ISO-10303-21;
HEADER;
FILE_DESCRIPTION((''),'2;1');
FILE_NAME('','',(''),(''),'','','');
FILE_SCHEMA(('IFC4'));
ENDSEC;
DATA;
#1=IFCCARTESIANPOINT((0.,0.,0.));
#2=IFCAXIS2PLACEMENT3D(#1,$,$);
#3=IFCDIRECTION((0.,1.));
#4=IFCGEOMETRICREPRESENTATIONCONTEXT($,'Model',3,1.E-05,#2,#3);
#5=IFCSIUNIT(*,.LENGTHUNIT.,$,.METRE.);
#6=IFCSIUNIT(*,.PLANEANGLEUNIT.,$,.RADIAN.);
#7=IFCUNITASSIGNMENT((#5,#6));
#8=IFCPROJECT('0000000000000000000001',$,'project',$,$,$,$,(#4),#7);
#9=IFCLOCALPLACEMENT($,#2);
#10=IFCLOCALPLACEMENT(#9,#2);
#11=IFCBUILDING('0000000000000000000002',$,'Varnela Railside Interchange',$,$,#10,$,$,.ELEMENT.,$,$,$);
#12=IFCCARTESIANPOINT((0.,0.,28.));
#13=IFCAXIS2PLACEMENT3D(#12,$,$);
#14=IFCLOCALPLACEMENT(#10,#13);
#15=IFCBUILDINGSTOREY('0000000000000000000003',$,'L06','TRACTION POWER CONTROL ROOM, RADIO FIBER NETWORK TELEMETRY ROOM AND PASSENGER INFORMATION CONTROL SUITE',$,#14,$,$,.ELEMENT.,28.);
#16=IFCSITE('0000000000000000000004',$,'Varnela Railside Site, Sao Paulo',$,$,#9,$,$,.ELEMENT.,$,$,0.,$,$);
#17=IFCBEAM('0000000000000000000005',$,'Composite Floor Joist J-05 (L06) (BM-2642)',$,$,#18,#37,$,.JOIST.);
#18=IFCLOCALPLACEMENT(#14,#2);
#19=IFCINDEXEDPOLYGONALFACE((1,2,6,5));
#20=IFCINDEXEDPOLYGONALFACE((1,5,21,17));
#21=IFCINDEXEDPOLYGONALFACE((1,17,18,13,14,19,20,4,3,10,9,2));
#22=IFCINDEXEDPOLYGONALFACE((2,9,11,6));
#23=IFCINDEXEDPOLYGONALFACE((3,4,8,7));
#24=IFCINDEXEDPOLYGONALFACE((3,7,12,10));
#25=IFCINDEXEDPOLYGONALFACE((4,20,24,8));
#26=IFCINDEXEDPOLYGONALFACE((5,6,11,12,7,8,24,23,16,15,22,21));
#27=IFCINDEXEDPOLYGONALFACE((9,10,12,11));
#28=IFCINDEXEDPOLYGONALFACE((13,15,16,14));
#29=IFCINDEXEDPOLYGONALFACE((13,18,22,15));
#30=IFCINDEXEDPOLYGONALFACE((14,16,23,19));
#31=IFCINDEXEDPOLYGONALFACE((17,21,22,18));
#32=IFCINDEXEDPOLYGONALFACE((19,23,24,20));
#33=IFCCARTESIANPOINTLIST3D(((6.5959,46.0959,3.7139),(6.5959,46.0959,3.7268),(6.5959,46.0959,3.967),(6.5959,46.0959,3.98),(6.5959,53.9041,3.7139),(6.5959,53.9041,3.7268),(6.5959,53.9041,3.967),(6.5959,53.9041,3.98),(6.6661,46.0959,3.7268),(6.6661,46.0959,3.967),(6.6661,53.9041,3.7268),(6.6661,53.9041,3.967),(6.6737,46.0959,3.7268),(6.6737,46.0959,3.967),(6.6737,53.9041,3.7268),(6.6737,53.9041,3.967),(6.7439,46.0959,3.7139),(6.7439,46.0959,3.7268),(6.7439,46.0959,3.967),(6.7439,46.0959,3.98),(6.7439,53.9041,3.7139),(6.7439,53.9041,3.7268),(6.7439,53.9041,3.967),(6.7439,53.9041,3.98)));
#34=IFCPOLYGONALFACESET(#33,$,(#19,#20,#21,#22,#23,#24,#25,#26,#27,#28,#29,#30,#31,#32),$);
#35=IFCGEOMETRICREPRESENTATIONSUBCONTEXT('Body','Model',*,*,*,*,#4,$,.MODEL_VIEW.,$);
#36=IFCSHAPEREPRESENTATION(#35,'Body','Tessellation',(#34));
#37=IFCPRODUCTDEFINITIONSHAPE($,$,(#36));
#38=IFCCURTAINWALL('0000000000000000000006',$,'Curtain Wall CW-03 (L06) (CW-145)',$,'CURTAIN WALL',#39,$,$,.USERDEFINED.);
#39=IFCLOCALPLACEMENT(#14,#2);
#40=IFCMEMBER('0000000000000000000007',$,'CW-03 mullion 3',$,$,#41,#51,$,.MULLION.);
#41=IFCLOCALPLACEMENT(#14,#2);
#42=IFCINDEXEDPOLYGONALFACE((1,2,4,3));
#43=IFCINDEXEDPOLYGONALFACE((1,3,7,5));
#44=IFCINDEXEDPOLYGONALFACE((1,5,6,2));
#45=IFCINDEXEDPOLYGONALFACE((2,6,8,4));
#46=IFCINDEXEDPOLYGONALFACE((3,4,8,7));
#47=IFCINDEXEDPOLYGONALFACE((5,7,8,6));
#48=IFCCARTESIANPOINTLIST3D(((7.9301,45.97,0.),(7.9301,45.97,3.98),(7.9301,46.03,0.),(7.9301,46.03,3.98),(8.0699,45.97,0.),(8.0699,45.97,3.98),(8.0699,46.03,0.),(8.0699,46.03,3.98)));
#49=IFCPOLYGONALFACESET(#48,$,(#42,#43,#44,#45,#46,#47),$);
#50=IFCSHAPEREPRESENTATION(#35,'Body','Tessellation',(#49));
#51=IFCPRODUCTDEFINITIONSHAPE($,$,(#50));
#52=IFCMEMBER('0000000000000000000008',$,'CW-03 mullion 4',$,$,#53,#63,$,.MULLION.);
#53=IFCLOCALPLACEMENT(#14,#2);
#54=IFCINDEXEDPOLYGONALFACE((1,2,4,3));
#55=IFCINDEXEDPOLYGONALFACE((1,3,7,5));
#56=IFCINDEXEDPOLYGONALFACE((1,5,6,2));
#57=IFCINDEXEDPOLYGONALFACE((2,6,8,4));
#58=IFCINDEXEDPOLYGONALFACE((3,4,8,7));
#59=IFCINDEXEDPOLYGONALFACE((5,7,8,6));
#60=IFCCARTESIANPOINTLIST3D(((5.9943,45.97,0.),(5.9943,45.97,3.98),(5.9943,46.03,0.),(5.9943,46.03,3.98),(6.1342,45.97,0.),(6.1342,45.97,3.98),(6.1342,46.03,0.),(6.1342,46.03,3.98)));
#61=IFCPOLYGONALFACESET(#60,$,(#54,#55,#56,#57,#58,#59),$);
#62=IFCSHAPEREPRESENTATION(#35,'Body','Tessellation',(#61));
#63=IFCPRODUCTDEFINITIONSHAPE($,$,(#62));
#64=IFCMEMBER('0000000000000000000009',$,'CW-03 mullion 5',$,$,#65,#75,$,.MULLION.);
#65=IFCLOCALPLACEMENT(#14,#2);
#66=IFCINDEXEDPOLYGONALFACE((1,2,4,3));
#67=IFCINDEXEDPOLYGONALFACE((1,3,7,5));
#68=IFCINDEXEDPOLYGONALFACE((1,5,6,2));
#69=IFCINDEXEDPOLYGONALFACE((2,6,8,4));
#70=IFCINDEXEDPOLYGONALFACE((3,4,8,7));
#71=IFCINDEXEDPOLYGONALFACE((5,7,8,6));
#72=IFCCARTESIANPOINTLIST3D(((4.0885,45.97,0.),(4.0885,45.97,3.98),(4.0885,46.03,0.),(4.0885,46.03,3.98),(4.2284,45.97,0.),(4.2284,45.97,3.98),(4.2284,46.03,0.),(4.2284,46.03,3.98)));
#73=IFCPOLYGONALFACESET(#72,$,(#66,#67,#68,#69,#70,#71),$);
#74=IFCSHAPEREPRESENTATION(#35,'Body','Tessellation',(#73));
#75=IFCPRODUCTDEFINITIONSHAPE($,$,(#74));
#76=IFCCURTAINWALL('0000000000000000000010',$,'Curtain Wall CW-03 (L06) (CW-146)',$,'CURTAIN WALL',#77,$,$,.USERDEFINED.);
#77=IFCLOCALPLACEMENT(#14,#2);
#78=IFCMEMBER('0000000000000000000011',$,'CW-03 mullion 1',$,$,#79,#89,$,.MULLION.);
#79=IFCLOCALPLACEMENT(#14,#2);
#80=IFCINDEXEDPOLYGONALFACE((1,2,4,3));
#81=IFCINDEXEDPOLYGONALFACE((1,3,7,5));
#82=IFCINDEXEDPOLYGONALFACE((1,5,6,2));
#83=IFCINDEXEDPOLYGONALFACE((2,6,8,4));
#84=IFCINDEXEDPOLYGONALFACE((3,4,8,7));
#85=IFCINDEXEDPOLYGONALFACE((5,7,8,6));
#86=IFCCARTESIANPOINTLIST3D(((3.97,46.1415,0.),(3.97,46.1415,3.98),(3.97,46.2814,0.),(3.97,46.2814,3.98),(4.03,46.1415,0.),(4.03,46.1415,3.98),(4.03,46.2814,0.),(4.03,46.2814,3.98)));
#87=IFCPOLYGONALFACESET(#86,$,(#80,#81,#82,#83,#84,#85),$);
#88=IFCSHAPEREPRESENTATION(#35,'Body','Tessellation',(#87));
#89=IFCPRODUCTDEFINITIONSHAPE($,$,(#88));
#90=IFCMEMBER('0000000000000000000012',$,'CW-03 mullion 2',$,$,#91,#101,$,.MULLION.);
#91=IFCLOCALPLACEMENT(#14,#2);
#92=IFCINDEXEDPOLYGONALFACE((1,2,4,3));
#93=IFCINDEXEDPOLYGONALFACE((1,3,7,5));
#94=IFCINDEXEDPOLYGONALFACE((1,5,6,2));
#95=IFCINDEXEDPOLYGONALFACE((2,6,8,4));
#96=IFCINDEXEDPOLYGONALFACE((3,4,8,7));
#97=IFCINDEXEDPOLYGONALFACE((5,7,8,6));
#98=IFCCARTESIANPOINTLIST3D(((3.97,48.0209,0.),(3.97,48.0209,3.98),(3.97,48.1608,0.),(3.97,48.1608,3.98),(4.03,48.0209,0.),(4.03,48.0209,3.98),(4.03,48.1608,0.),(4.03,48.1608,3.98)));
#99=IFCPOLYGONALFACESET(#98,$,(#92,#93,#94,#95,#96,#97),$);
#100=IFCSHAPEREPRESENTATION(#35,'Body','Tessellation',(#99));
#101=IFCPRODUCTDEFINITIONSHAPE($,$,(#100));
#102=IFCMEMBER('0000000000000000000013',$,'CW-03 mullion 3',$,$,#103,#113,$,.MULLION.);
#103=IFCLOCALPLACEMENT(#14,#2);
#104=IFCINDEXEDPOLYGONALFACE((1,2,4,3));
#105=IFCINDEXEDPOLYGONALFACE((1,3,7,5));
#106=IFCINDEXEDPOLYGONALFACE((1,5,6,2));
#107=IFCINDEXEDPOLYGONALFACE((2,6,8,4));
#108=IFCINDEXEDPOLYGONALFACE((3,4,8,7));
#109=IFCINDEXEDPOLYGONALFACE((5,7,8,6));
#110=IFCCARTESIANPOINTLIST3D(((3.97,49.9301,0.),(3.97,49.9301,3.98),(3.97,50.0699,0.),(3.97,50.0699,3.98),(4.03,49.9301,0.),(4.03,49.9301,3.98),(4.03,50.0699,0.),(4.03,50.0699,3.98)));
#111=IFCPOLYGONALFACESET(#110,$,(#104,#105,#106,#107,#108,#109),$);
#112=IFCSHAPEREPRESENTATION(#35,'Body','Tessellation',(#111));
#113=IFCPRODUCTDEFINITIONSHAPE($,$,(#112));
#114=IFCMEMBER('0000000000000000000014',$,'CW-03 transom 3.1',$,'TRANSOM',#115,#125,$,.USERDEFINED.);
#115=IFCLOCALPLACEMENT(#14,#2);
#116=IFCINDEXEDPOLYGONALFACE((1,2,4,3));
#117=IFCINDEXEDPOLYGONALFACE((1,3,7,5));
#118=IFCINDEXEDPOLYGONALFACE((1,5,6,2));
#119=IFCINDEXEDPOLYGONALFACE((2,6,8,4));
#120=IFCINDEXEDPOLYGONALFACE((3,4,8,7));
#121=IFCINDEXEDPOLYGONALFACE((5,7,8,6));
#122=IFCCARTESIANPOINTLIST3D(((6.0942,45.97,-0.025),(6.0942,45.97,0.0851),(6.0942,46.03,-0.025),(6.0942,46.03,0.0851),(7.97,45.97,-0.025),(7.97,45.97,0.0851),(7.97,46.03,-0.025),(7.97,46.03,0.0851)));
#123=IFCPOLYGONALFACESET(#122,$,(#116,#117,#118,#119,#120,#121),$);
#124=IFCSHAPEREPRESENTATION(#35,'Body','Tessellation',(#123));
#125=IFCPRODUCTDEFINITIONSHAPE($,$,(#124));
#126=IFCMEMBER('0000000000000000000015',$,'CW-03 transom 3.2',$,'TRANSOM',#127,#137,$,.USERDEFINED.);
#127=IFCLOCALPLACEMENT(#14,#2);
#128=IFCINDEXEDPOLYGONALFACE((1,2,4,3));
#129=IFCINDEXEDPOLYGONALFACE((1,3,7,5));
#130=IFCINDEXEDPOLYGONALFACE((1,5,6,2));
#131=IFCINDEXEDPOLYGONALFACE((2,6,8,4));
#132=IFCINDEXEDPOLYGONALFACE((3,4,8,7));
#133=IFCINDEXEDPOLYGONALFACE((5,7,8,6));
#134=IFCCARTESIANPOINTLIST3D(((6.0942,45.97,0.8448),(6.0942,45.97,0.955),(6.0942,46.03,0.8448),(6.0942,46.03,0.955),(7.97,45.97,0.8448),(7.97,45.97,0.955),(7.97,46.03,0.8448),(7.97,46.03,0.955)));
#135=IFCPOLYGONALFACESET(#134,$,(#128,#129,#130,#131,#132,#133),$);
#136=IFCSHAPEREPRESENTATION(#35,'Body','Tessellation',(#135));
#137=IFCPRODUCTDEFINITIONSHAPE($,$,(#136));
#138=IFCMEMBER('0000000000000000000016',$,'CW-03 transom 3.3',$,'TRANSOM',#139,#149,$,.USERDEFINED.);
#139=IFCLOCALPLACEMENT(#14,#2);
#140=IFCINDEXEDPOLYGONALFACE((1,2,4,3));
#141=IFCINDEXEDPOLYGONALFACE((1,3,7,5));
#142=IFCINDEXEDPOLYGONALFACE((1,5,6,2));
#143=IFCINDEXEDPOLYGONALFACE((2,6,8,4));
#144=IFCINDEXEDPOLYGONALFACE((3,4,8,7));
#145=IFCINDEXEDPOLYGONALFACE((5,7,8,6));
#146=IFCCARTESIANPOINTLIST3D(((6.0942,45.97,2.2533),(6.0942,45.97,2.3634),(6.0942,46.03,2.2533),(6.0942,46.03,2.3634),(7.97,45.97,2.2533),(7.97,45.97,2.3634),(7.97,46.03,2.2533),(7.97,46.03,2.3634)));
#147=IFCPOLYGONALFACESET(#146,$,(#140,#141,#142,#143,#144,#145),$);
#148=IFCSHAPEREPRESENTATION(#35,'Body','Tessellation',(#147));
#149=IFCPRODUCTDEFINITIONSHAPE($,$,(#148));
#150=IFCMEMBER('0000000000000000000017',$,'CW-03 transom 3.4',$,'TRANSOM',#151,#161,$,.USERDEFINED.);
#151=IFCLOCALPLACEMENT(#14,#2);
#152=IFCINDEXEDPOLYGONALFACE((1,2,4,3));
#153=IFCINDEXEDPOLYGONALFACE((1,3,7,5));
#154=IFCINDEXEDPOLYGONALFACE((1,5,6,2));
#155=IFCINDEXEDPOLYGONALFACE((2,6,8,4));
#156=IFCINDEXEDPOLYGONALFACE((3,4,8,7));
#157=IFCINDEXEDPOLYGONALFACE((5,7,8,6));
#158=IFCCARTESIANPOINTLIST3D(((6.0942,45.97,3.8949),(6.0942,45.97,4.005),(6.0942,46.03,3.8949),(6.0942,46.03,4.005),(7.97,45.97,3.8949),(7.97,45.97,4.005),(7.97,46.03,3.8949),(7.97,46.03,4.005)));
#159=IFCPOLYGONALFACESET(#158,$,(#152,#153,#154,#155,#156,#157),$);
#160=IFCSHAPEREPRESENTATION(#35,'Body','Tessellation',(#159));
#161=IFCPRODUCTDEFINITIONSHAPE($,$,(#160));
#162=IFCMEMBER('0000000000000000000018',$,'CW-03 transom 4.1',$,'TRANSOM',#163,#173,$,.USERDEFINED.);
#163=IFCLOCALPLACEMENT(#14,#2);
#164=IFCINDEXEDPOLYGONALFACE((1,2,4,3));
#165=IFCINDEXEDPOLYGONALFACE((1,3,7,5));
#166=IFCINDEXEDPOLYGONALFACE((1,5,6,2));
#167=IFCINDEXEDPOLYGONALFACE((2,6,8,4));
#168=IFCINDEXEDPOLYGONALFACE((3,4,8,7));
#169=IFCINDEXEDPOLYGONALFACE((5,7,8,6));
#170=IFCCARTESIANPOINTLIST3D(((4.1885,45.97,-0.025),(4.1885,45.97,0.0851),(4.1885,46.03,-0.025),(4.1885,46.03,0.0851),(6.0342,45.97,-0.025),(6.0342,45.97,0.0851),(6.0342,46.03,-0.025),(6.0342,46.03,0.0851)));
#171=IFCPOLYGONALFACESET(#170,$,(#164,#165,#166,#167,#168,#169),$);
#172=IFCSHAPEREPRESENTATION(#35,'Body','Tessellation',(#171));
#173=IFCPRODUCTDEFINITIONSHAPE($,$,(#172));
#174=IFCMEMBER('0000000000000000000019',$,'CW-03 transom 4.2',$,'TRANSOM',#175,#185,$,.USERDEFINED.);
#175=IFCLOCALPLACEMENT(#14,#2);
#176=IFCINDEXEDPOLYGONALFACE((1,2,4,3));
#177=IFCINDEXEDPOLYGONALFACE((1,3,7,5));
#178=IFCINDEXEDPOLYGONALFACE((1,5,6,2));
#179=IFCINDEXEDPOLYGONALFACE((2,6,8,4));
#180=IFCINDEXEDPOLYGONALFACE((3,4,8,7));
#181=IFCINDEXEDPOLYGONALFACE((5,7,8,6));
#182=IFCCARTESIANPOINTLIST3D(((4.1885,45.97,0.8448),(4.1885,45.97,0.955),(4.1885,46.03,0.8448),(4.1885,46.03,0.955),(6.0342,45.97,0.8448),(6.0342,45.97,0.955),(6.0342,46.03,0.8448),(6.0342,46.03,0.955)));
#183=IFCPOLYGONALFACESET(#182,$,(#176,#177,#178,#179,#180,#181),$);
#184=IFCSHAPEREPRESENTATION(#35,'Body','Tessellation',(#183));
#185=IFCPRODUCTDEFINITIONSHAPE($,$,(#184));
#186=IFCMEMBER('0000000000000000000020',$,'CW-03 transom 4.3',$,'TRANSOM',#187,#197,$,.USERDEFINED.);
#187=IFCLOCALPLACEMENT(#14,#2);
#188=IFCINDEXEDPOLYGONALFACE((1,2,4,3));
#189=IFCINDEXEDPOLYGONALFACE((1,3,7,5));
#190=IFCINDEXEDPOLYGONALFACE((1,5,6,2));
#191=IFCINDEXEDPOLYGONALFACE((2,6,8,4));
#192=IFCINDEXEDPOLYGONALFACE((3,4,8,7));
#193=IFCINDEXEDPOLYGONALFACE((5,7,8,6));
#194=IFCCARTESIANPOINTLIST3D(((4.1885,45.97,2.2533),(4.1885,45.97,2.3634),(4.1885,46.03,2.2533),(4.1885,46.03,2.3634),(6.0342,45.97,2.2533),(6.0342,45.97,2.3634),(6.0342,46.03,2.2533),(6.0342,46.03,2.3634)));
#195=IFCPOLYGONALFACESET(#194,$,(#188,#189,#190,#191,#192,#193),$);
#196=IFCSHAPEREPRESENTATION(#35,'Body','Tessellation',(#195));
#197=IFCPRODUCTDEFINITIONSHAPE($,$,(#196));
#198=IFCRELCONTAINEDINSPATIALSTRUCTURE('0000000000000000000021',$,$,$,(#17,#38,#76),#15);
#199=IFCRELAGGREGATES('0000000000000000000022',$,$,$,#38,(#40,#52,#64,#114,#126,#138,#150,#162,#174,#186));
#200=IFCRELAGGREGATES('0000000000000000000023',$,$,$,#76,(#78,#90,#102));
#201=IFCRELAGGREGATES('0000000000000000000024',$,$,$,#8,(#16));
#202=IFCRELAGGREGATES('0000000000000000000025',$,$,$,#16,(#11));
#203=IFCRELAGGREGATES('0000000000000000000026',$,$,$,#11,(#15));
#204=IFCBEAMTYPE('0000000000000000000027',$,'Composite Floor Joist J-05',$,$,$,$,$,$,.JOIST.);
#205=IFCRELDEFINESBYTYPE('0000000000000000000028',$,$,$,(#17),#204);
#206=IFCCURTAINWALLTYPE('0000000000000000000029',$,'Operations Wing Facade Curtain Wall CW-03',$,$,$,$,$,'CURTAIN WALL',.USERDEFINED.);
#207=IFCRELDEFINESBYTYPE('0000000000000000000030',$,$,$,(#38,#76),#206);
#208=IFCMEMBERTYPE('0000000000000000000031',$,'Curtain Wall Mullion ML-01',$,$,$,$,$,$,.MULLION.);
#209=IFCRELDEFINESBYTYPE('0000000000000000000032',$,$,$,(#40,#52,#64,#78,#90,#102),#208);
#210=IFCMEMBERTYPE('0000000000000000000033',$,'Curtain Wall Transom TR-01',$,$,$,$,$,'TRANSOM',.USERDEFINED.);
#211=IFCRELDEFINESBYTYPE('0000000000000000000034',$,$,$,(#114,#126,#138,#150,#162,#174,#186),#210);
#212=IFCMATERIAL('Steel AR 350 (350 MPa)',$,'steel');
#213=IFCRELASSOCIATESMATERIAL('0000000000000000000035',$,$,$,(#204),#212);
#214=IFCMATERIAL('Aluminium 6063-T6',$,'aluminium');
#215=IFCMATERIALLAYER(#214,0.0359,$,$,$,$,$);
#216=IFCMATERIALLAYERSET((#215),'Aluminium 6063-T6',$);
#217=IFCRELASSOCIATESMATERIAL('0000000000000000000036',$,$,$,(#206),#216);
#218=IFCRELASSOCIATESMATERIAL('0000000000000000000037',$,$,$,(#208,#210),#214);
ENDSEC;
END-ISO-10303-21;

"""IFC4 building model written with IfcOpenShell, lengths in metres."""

from ifc_helpers import new_model, si_unit, direction, frame, origin, origin_2d, place, context, subcontext, project, spatial, rectangle, i_section, extrude, material, layer, layer_set, material_profile, profile_set, type_object, element, aggregate, save


model = new_model("IFC4")

# Units and contexts
model_context = context("Model", 3, precision=1e-05, world=origin(), true_north=direction((0.0, 1.0)))
body_context = subcontext(model_context, "Body", "Model", "MODEL_VIEW")
ifc_project = project(units=[si_unit("LENGTHUNIT", "METRE"), si_unit("PLANEANGLEUNIT", "RADIAN")], contexts=[model_context])

# Site, building, storey
site_placement = place(None, origin())
site = spatial("IfcSite", under=ifc_project, at=site_placement, Name="Varnela Railside Site, Sao Paulo", CompositionType="ELEMENT", RefElevation=0.0)
building_placement = place(site_placement, origin())
building = spatial("IfcBuilding", under=site, at=building_placement, Name="Varnela Railside Interchange", CompositionType="ELEMENT")
storey_placement = place(building_placement, frame((0.0, 0.0, 28.0)))
storey = spatial("IfcBuildingStorey", under=building, at=storey_placement, Name="L06", Description="TRACTION POWER CONTROL ROOM, RADIO FIBER NETWORK TELEMETRY ROOM AND PASSENGER INFORMATION CONTROL SUITE", CompositionType="ELEMENT", Elevation=28.0)

# Beam
ifc_material_1 = material(Name="Steel AR 350 (350 MPa)", Category="steel")
ifc_material_profile_1 = material_profile(ifc_material_1, i_section(OverallWidth=0.1479, OverallDepth=0.2661, WebThickness=0.0076, FlangeThickness=0.0129, at=origin_2d()), Name="W250x44.8")
ifc_profile_set_1 = profile_set([ifc_material_profile_1], Name="Steel AR 350 (350 MPa)")
beam_type_1 = type_object("IfcBeamType", Name="Composite Floor Joist J-05", PredefinedType="JOIST", material=ifc_profile_set_1)
beam_1_placement = place(storey_placement, frame((6.6699, 46.0959, 3.8469), z_axis=(0.0, 1.0, 0.0), x_axis=(-1.0, 0.0, 0.0)))
element("IfcBeam", 1, at=beam_1_placement, inside=storey, type_object=beam_type_1, Name="Composite Floor Joist J-05 (L06) (BM-2642)", PredefinedType="JOIST", context=body_context, shape_type="SweptSolid", body=[
    extrude(i_section(OverallWidth=0.1479, OverallDepth=0.2661, WebThickness=0.0076, FlangeThickness=0.0129, at=origin_2d()), origin(), (0.0, 0.0, 1.0), 7.8081),
])

# Curtain walls, members
ifc_material_2 = material(Name="Aluminium 6063-T6", Category="aluminium")
ifc_layer_1 = layer(ifc_material_2, 0.0359)
ifc_layer_set_1 = layer_set([ifc_layer_1], Name="Aluminium 6063-T6")
curtain_wall_type = type_object("IfcCurtainWallType", Name="Operations Wing Facade Curtain Wall CW-03", ElementType="CURTAIN WALL", PredefinedType="USERDEFINED", material=ifc_layer_set_1)
curtain_wall_1_placement = place(storey_placement, origin())
curtain_wall_1 = element("IfcCurtainWall", 2, at=curtain_wall_1_placement, inside=storey, type_object=curtain_wall_type, Name="Curtain Wall CW-03 (L06) (CW-145)", ObjectType="CURTAIN WALL", PredefinedType="USERDEFINED")
ifc_material_profile_2 = material_profile(ifc_material_2, rectangle(XDim=0.0601, YDim=0.1399, at=origin_2d()), Name="ALU 60x140")
ifc_profile_set_2 = profile_set([ifc_material_profile_2], Name="Aluminium 6063-T6")
member_type_1 = type_object("IfcMemberType", Name="Curtain Wall Mullion ML-01", PredefinedType="MULLION", material=ifc_profile_set_2)
member_1_placement = place(storey_placement, frame((8.0, 46.0, 0.0), z_axis=(0.0, 0.0, 1.0), x_axis=(0.0, -1.0, 0.0)))
member_1 = element("IfcMember", 3, at=member_1_placement, type_object=member_type_1, Name="CW-03 mullion 3", PredefinedType="MULLION", context=body_context, shape_type="SweptSolid", body=[
    extrude(rectangle(XDim=0.0601, YDim=0.1399, at=origin_2d()), origin(), (0.0, 0.0, 1.0), 3.98),
])
member_2_placement = place(storey_placement, frame((6.0642, 46.0, 0.0), z_axis=(0.0, 0.0, 1.0), x_axis=(0.0, -1.0, 0.0)))
member_2 = element("IfcMember", 4, at=member_2_placement, type_object=member_type_1, Name="CW-03 mullion 4", PredefinedType="MULLION", context=body_context, shape_type="SweptSolid", body=[
    extrude(rectangle(XDim=0.0601, YDim=0.1399, at=origin_2d()), origin(), (0.0, 0.0, 1.0), 3.98),
])
member_3_placement = place(storey_placement, frame((4.1584, 46.0, 0.0), z_axis=(0.0, 0.0, 1.0), x_axis=(0.0, -1.0, 0.0)))
member_3 = element("IfcMember", 5, at=member_3_placement, type_object=member_type_1, Name="CW-03 mullion 5", PredefinedType="MULLION", context=body_context, shape_type="SweptSolid", body=[
    extrude(rectangle(XDim=0.0601, YDim=0.1399, at=origin_2d()), origin(), (0.0, 0.0, 1.0), 3.98),
])
curtain_wall_2_placement = place(storey_placement, origin())
curtain_wall_2 = element("IfcCurtainWall", 6, at=curtain_wall_2_placement, inside=storey, type_object=curtain_wall_type, Name="Curtain Wall CW-03 (L06) (CW-146)", ObjectType="CURTAIN WALL", PredefinedType="USERDEFINED")
member_4_placement = place(storey_placement, frame((4.0, 46.2114, 0.0), z_axis=(0.0, 0.0, 1.0), x_axis=(-1.0, 0.0, 0.0)))
member_4 = element("IfcMember", 7, at=member_4_placement, type_object=member_type_1, Name="CW-03 mullion 1", PredefinedType="MULLION", context=body_context, shape_type="SweptSolid", body=[
    extrude(rectangle(XDim=0.0601, YDim=0.1399, at=origin_2d()), origin(), (0.0, 0.0, 1.0), 3.98),
])
member_5_placement = place(storey_placement, frame((4.0, 48.0908, 0.0), z_axis=(0.0, 0.0, 1.0), x_axis=(-1.0, 0.0, 0.0)))
member_5 = element("IfcMember", 8, at=member_5_placement, type_object=member_type_1, Name="CW-03 mullion 2", PredefinedType="MULLION", context=body_context, shape_type="SweptSolid", body=[
    extrude(rectangle(XDim=0.0601, YDim=0.1399, at=origin_2d()), origin(), (0.0, 0.0, 1.0), 3.98),
])
member_6_placement = place(storey_placement, frame((4.0, 50.0, 0.0), z_axis=(0.0, 0.0, 1.0), x_axis=(-1.0, 0.0, 0.0)))
member_6 = element("IfcMember", 9, at=member_6_placement, type_object=member_type_1, Name="CW-03 mullion 3", PredefinedType="MULLION", context=body_context, shape_type="SweptSolid", body=[
    extrude(rectangle(XDim=0.0601, YDim=0.1399, at=origin_2d()), origin(), (0.0, 0.0, 1.0), 3.98),
])

# Members
ifc_material_profile_3 = material_profile(ifc_material_2, rectangle(XDim=0.0601, YDim=0.1101, at=origin_2d()), Name="ALU 60x110")
ifc_profile_set_3 = profile_set([ifc_material_profile_3], Name="Aluminium 6063-T6")
member_type_2 = type_object("IfcMemberType", Name="Curtain Wall Transom TR-01", ElementType="TRANSOM", PredefinedType="USERDEFINED", material=ifc_profile_set_3)
member_7_placement = place(storey_placement, frame((7.97, 46.0, 0.03), z_axis=(-1.0, 0.0, 0.0), x_axis=(0.0, -1.0, 0.0)))
member_7 = element("IfcMember", 10, at=member_7_placement, type_object=member_type_2, Name="CW-03 transom 3.1", ObjectType="TRANSOM", PredefinedType="USERDEFINED", context=body_context, shape_type="SweptSolid", body=[
    extrude(rectangle(XDim=0.0601, YDim=0.1101, at=origin_2d()), origin(), (0.0, 0.0, 1.0), 1.8757),
])
member_8_placement = place(storey_placement, frame((7.97, 46.0, 0.8999), z_axis=(-1.0, 0.0, 0.0), x_axis=(0.0, -1.0, 0.0)))
member_8 = element("IfcMember", 11, at=member_8_placement, type_object=member_type_2, Name="CW-03 transom 3.2", ObjectType="TRANSOM", PredefinedType="USERDEFINED", context=body_context, shape_type="SweptSolid", body=[
    extrude(rectangle(XDim=0.0601, YDim=0.1101, at=origin_2d()), origin(), (0.0, 0.0, 1.0), 1.8757),
])
member_9_placement = place(storey_placement, frame((7.97, 46.0, 2.3083), z_axis=(-1.0, 0.0, 0.0), x_axis=(0.0, -1.0, 0.0)))
member_9 = element("IfcMember", 12, at=member_9_placement, type_object=member_type_2, Name="CW-03 transom 3.3", ObjectType="TRANSOM", PredefinedType="USERDEFINED", context=body_context, shape_type="SweptSolid", body=[
    extrude(rectangle(XDim=0.0601, YDim=0.1101, at=origin_2d()), origin(), (0.0, 0.0, 1.0), 1.8757),
])
member_10_placement = place(storey_placement, frame((7.97, 46.0, 3.95), z_axis=(-1.0, 0.0, 0.0), x_axis=(0.0, -1.0, 0.0)))
member_10 = element("IfcMember", 13, at=member_10_placement, type_object=member_type_2, Name="CW-03 transom 3.4", ObjectType="TRANSOM", PredefinedType="USERDEFINED", context=body_context, shape_type="SweptSolid", body=[
    extrude(rectangle(XDim=0.0601, YDim=0.1101, at=origin_2d()), origin(), (0.0, 0.0, 1.0), 1.8757),
])
member_11_placement = place(storey_placement, frame((6.0342, 46.0, 0.03), z_axis=(-1.0, 0.0, 0.0), x_axis=(0.0, -1.0, 0.0)))
member_11 = element("IfcMember", 14, at=member_11_placement, type_object=member_type_2, Name="CW-03 transom 4.1", ObjectType="TRANSOM", PredefinedType="USERDEFINED", context=body_context, shape_type="SweptSolid", body=[
    extrude(rectangle(XDim=0.0601, YDim=0.1101, at=origin_2d()), origin(), (0.0, 0.0, 1.0), 1.8457),
])
member_12_placement = place(storey_placement, frame((6.0342, 46.0, 0.8999), z_axis=(-1.0, 0.0, 0.0), x_axis=(0.0, -1.0, 0.0)))
member_12 = element("IfcMember", 15, at=member_12_placement, type_object=member_type_2, Name="CW-03 transom 4.2", ObjectType="TRANSOM", PredefinedType="USERDEFINED", context=body_context, shape_type="SweptSolid", body=[
    extrude(rectangle(XDim=0.0601, YDim=0.1101, at=origin_2d()), origin(), (0.0, 0.0, 1.0), 1.8457),
])
member_13_placement = place(storey_placement, frame((6.0342, 46.0, 2.3083), z_axis=(-1.0, 0.0, 0.0), x_axis=(0.0, -1.0, 0.0)))
member_13 = element("IfcMember", 16, at=member_13_placement, type_object=member_type_2, Name="CW-03 transom 4.3", ObjectType="TRANSOM", PredefinedType="USERDEFINED", context=body_context, shape_type="SweptSolid", body=[
    extrude(rectangle(XDim=0.0601, YDim=0.1101, at=origin_2d()), origin(), (0.0, 0.0, 1.0), 1.8457),
])

aggregate(curtain_wall_1, [member_1, member_2, member_3, member_7, member_8, member_9, member_10, member_11, member_12, member_13])
aggregate(curtain_wall_2, [member_4, member_5, member_6])

save(model, "model.ifc")
